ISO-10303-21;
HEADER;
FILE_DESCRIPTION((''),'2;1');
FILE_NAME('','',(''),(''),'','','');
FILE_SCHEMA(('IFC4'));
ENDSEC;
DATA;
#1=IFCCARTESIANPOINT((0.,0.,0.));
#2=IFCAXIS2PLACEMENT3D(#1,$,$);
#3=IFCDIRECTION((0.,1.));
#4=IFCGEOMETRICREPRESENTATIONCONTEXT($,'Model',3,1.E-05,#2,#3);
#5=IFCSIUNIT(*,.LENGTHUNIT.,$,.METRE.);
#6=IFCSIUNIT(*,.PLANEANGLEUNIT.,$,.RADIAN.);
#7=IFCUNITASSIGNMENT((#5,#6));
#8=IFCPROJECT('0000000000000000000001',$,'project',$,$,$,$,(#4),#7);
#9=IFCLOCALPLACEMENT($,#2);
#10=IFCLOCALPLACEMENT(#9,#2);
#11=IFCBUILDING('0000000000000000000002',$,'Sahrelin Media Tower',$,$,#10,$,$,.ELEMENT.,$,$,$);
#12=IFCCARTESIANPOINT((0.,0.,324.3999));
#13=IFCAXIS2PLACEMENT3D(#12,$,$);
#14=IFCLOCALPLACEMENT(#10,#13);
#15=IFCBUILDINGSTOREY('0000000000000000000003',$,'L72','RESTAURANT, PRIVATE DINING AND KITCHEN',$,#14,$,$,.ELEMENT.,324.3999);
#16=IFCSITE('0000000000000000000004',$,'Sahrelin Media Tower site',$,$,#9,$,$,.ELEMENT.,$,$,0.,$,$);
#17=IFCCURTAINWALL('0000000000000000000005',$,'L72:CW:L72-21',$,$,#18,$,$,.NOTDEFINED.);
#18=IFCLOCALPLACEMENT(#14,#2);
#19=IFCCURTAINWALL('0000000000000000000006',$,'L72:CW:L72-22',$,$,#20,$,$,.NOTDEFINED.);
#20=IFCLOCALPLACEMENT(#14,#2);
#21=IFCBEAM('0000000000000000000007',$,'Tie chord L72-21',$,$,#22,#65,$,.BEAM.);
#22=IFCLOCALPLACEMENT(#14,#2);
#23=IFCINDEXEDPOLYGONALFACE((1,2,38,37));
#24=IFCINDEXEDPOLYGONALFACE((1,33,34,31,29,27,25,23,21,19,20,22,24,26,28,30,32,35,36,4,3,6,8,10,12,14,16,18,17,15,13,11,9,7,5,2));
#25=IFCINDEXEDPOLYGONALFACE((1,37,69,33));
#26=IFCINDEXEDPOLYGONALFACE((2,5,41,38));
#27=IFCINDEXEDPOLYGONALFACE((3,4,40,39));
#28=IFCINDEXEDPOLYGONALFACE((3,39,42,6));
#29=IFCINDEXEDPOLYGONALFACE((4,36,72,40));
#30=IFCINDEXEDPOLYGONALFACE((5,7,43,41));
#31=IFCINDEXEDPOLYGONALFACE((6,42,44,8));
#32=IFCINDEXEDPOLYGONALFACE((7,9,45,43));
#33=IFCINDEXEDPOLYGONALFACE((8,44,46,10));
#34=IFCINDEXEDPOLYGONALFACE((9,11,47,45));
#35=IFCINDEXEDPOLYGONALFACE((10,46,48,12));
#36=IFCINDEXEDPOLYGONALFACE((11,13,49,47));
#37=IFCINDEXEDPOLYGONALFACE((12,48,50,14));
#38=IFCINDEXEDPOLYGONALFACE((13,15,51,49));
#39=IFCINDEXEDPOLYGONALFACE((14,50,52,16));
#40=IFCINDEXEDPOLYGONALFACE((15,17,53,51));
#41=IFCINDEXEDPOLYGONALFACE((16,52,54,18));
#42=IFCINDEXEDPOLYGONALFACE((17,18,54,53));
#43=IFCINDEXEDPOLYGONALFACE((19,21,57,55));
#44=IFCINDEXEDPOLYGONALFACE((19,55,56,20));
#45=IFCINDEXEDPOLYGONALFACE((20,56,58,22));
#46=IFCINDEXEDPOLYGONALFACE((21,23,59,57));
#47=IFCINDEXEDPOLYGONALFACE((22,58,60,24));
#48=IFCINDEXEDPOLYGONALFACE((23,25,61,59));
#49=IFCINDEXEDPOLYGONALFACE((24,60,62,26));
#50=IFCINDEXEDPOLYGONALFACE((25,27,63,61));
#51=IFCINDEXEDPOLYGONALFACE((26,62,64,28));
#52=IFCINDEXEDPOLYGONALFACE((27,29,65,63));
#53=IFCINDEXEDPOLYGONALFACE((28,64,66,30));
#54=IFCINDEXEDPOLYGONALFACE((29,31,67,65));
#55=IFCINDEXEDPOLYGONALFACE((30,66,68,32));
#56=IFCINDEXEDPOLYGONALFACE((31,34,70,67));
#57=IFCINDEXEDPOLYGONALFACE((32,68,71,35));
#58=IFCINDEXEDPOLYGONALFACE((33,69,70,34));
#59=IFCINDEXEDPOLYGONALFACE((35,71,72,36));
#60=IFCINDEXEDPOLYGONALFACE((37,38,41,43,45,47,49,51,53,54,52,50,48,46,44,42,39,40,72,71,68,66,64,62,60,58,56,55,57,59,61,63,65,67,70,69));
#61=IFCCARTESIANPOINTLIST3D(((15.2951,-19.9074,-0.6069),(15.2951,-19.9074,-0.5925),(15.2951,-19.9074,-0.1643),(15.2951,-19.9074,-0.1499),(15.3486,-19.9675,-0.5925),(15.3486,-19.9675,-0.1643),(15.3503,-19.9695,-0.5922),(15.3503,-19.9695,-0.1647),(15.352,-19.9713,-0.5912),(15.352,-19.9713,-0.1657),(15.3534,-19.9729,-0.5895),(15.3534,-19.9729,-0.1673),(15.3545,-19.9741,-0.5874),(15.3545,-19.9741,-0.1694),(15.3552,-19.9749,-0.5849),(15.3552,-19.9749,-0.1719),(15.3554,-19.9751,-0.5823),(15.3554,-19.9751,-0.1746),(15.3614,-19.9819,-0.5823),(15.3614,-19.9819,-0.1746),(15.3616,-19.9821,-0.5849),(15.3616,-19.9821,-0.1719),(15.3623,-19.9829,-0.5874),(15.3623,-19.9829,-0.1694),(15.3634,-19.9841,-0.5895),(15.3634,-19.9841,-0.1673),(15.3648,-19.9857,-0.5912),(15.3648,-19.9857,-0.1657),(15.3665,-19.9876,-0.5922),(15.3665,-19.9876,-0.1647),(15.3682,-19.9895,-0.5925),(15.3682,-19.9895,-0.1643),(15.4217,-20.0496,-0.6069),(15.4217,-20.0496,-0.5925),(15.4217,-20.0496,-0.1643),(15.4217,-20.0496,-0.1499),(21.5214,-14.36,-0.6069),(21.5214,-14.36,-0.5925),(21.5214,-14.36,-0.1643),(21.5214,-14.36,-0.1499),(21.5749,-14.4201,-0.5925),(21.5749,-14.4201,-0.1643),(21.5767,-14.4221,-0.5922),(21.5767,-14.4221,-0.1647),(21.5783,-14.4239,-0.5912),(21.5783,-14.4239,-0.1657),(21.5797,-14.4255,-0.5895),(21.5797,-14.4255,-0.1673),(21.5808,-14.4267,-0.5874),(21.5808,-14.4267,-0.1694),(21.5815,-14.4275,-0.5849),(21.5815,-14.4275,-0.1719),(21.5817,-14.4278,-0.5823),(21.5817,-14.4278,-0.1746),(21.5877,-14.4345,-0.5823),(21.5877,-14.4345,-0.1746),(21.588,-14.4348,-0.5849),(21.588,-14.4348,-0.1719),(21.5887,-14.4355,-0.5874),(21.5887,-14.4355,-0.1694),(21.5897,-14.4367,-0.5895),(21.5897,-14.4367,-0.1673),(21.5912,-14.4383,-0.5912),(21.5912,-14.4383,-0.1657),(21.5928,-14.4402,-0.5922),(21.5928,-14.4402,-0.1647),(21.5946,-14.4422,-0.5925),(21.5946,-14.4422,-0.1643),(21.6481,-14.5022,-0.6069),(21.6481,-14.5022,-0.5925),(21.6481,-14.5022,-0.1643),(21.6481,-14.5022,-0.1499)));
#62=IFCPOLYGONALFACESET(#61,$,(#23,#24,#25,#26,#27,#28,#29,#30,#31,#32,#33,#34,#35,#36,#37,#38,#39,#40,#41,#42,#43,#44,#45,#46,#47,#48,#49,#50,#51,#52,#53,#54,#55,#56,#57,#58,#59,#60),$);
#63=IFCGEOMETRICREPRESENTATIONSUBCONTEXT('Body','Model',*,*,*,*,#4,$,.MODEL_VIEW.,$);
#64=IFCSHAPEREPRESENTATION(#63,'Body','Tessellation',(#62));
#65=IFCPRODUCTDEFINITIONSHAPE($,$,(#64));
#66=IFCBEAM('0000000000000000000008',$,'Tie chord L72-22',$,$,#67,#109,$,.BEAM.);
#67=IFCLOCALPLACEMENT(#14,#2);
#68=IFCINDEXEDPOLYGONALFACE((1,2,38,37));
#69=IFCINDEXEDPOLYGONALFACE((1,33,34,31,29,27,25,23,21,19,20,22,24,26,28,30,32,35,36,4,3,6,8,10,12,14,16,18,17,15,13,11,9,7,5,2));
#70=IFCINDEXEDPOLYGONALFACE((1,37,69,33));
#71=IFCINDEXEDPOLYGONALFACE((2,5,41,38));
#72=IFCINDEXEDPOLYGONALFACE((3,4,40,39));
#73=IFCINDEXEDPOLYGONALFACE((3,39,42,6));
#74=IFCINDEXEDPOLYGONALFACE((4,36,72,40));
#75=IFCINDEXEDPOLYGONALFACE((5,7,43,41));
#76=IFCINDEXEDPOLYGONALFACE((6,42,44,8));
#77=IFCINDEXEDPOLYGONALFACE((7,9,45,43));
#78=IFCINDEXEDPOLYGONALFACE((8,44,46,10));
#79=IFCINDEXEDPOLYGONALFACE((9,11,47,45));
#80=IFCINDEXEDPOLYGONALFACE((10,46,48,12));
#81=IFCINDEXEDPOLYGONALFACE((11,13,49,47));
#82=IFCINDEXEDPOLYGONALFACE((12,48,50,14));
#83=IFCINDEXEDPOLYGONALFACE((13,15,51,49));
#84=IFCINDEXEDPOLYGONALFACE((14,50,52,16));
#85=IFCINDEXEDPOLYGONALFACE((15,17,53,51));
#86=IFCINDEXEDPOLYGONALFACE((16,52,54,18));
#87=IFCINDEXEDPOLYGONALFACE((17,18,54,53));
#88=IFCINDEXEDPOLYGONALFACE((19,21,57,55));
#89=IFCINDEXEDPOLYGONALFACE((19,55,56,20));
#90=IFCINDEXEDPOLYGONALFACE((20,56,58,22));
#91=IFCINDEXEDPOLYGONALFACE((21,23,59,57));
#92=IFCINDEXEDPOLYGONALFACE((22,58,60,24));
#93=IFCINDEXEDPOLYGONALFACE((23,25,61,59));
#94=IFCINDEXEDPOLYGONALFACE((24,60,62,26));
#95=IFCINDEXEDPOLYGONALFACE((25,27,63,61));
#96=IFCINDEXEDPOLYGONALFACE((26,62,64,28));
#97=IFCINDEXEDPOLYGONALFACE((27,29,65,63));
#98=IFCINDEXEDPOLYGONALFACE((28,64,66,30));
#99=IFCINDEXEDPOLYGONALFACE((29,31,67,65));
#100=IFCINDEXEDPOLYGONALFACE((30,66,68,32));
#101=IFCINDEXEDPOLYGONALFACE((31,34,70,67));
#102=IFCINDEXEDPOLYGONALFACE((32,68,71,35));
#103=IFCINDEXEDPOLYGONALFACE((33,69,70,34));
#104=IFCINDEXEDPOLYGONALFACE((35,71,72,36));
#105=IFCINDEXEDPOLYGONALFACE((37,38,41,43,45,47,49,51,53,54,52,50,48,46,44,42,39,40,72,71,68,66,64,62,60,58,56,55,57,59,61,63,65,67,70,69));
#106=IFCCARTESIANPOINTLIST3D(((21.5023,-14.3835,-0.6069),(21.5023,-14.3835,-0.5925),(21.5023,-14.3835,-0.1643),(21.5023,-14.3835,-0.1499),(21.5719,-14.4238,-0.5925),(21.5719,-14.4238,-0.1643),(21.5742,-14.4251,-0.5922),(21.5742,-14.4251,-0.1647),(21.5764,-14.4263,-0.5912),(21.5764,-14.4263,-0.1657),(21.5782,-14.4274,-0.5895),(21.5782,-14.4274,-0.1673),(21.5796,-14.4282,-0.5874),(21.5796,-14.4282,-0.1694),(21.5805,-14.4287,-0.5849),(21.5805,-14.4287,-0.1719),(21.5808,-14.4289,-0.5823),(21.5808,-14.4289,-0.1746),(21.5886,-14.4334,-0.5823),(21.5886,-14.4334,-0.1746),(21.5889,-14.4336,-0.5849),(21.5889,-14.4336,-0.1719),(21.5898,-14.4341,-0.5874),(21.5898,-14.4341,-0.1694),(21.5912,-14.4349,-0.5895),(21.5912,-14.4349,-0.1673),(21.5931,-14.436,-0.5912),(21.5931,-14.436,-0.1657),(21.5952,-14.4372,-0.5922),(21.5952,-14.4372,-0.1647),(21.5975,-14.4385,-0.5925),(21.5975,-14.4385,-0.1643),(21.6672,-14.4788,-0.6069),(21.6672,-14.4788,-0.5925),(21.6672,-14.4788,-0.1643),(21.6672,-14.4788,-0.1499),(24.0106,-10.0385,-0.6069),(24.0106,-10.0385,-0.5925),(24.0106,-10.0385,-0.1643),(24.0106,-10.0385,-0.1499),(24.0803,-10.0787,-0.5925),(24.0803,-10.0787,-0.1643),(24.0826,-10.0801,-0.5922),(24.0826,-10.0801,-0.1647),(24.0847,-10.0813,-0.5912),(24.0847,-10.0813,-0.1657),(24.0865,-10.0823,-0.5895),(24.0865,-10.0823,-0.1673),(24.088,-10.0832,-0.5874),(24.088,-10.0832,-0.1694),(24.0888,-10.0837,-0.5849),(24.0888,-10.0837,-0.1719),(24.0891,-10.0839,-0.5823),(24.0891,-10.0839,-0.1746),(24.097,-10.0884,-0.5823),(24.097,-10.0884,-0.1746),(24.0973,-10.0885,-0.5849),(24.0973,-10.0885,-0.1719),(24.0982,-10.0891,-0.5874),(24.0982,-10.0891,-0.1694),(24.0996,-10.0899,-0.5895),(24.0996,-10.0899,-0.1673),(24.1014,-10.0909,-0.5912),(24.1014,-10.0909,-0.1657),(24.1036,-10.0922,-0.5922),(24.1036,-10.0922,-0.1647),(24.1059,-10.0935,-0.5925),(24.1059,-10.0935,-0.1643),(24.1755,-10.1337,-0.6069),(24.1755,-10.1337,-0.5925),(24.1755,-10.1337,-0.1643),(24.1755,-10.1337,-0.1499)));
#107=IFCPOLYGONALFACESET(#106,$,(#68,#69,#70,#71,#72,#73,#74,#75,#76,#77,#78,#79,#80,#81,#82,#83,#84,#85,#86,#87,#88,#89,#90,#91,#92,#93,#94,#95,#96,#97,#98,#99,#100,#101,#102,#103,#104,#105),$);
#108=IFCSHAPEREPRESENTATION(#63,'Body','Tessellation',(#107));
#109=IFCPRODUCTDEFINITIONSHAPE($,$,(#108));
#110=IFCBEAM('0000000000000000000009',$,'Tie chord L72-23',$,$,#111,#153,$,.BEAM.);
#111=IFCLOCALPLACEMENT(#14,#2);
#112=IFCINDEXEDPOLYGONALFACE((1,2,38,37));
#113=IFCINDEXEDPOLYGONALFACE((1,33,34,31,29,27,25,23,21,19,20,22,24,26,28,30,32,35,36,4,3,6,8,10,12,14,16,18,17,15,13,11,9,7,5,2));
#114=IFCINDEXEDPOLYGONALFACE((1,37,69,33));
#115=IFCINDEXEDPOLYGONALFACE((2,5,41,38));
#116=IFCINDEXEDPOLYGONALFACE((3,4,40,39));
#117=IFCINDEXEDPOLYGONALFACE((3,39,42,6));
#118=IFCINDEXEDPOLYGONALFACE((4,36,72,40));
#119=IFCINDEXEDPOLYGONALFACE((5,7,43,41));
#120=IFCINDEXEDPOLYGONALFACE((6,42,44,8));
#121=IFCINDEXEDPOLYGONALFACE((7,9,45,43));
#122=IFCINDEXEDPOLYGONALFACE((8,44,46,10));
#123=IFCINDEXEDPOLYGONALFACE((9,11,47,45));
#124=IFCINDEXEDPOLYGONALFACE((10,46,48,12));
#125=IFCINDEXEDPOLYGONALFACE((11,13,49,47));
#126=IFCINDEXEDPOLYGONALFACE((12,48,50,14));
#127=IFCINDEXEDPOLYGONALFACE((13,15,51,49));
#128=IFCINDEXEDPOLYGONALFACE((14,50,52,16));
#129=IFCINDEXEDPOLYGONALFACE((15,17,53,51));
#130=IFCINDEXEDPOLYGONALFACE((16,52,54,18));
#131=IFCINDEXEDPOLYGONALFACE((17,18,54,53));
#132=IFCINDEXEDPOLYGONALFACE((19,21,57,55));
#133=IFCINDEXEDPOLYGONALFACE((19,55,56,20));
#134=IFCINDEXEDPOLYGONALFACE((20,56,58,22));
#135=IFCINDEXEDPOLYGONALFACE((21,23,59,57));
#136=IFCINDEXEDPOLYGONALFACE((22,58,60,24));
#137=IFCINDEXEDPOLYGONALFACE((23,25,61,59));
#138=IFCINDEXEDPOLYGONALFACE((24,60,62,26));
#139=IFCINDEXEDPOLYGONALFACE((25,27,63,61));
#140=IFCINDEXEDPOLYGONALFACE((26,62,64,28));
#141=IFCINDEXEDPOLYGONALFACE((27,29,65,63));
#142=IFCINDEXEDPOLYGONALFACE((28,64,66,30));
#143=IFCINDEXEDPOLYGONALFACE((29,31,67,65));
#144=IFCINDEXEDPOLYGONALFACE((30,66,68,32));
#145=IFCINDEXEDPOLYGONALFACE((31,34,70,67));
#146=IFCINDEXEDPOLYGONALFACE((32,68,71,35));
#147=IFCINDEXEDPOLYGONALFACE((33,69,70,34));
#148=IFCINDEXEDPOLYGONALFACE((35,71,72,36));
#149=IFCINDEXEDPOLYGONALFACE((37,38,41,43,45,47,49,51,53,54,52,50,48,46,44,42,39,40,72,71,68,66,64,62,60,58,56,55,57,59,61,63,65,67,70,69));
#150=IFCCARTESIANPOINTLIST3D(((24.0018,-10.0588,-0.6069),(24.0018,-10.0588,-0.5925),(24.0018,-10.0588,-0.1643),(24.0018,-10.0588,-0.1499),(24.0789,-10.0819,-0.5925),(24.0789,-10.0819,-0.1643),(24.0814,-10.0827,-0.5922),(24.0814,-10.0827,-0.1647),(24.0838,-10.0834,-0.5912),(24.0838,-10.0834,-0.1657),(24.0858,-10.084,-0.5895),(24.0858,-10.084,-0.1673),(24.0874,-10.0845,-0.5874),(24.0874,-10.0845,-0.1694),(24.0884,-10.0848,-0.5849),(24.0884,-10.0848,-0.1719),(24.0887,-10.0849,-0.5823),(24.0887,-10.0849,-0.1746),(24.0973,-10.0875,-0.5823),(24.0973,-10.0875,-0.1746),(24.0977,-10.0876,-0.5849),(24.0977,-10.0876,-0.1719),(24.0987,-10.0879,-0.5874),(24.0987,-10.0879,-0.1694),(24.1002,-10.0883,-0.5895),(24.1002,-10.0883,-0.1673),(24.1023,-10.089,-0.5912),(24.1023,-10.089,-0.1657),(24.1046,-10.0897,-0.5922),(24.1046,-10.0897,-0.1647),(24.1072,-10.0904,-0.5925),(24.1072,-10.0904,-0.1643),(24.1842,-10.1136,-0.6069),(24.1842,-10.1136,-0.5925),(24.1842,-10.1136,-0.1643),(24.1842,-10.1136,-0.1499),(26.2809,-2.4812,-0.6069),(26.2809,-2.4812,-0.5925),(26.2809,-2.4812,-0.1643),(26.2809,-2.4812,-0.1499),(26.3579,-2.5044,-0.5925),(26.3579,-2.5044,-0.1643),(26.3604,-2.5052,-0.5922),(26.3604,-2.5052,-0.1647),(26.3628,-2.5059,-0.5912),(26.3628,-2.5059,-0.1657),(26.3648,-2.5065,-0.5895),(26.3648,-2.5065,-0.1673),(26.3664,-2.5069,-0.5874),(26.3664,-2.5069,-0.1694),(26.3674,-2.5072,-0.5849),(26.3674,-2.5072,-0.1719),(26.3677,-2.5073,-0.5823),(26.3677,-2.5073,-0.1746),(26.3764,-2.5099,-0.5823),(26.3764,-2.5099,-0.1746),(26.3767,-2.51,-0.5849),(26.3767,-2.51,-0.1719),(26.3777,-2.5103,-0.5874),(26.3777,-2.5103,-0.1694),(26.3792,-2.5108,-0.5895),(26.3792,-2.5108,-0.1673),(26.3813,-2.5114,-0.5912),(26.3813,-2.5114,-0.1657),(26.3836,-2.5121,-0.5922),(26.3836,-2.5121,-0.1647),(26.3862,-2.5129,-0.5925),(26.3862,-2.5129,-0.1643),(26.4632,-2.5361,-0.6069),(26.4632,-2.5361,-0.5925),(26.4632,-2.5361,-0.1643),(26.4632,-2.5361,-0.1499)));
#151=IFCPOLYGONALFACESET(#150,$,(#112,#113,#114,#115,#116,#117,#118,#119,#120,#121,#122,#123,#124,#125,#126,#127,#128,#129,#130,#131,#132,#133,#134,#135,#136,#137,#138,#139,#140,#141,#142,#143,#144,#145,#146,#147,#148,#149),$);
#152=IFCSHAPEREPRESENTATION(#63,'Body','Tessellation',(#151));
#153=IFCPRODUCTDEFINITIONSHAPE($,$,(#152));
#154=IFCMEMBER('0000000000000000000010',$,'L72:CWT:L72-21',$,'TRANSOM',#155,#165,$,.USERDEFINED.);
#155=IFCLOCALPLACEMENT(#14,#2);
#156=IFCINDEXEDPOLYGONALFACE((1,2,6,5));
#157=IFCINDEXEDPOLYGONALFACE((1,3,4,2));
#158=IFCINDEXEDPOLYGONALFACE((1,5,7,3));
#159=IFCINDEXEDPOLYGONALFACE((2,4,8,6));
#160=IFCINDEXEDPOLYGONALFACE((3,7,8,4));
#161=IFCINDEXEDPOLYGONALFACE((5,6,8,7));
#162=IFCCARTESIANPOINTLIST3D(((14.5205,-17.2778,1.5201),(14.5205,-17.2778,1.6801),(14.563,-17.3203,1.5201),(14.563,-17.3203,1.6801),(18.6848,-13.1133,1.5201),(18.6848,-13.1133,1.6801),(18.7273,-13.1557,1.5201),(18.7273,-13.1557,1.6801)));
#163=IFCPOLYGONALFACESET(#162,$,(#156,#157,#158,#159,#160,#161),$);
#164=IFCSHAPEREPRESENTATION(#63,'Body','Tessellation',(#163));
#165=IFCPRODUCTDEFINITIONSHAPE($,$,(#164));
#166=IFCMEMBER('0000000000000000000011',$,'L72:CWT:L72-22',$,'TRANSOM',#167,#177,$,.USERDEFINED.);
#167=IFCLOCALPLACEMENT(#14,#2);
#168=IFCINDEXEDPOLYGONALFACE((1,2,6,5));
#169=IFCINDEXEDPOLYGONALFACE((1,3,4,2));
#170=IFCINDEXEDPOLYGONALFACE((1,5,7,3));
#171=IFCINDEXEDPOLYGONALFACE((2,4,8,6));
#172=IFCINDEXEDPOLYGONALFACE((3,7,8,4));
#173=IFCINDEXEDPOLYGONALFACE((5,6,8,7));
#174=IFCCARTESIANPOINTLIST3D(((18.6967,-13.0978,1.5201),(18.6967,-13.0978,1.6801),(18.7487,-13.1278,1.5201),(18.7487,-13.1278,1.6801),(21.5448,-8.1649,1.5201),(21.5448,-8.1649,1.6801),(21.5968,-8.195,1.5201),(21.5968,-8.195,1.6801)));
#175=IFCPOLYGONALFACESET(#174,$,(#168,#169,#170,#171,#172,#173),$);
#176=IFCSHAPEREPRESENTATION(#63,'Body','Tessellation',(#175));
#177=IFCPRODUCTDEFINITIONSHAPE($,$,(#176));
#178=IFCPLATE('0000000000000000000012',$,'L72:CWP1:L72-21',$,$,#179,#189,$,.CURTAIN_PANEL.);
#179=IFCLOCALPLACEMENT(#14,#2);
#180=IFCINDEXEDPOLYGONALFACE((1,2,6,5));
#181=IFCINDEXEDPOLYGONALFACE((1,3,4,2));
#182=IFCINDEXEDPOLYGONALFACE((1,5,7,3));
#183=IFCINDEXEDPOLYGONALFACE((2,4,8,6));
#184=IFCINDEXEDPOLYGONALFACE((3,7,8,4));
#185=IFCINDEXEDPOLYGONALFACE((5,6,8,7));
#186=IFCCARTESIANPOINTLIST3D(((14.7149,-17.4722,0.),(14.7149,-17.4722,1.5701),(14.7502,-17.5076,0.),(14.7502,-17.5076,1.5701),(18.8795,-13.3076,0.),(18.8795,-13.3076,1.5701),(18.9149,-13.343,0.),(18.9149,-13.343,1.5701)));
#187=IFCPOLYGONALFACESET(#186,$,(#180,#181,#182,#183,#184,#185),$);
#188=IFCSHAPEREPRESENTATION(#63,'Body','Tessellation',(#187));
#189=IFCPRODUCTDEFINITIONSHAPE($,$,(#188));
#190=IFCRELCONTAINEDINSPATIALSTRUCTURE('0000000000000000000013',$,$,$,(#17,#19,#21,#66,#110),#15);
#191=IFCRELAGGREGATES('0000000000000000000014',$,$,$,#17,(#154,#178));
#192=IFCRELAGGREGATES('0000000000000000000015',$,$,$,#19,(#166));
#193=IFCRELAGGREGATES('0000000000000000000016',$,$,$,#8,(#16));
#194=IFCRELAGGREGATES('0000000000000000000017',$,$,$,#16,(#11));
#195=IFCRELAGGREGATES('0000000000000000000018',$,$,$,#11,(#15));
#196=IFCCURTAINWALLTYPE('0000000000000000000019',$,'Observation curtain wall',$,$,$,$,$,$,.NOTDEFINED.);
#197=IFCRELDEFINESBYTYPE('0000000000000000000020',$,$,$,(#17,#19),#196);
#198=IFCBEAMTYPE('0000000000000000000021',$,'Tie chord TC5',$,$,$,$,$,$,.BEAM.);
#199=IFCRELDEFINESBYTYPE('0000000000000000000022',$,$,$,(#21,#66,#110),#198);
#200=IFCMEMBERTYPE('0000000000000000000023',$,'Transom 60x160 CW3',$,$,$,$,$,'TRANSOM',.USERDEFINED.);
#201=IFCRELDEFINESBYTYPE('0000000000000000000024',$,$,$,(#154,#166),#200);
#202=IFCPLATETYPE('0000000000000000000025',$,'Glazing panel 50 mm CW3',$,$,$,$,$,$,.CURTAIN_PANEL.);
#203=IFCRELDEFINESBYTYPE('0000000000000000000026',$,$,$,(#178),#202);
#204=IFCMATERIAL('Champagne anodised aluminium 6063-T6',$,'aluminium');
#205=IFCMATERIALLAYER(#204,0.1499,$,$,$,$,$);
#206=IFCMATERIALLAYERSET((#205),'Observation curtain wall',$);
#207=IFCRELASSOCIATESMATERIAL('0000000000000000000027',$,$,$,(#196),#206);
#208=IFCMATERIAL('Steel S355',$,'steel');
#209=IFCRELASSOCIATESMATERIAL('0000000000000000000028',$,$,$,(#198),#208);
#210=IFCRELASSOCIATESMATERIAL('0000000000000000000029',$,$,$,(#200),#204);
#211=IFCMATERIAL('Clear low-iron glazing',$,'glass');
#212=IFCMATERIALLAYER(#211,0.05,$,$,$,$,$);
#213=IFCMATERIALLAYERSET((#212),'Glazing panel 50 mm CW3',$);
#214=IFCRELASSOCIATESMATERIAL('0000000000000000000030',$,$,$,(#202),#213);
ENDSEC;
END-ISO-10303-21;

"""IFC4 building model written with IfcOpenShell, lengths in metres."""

from ifc_helpers import new_model, si_unit, direction, frame, origin, origin_2d, place, context, subcontext, project, spatial, polyline, rectangle, i_section, outline, extrude, material, layer, layer_set, material_profile, profile_set, type_object, element, aggregate, save


model = new_model("IFC4")

# Units and contexts
model_context = context("Model", 3, precision=1e-05, world=origin(), true_north=direction((0.0, 1.0)))
body_context = subcontext(model_context, "Body", "Model", "MODEL_VIEW")
ifc_project = project(units=[si_unit("LENGTHUNIT", "METRE"), si_unit("PLANEANGLEUNIT", "RADIAN")], contexts=[model_context])

# Site, building, storey
site_placement = place(None, origin())
site = spatial("IfcSite", under=ifc_project, at=site_placement, Name="Sahrelin Media Tower site", CompositionType="ELEMENT", RefElevation=0.0)
building_placement = place(site_placement, origin())
building = spatial("IfcBuilding", under=site, at=building_placement, Name="Sahrelin Media Tower", CompositionType="ELEMENT")
storey_placement = place(building_placement, frame((0.0, 0.0, 324.3999)))
storey = spatial("IfcBuildingStorey", under=building, at=storey_placement, Name="L72", Description="RESTAURANT, PRIVATE DINING AND KITCHEN", CompositionType="ELEMENT", Elevation=324.3999)

# Shared definitions
ifc_material_1 = material(Name="Steel S355", Category="steel")

# Curtain walls
ifc_material_2 = material(Name="Champagne anodised aluminium 6063-T6", Category="aluminium")
ifc_layer_1 = layer(ifc_material_2, 0.1499)
ifc_layer_set_1 = layer_set([ifc_layer_1], Name="Observation curtain wall")
curtain_wall_type = type_object("IfcCurtainWallType", Name="Observation curtain wall", PredefinedType="NOTDEFINED", material=ifc_layer_set_1)
curtain_wall_1_placement = place(storey_placement, frame((16.8184, -15.4111, 0.0), z_axis=(0.0, 0.0, 1.0), x_axis=(1.0, 0.0, 0.0)))
curtain_wall_1 = element("IfcCurtainWall", 1, at=curtain_wall_1_placement, inside=storey, type_object=curtain_wall_type, Name="L72:CW:L72-21", PredefinedType="NOTDEFINED")
curtain_wall_2_placement = place(storey_placement, frame((20.385, -10.7837, 0.0), z_axis=(0.0, 0.0, 1.0), x_axis=(1.0, 0.0, 0.0)))
curtain_wall_2 = element("IfcCurtainWall", 2, at=curtain_wall_2_placement, inside=storey, type_object=curtain_wall_type, Name="L72:CW:L72-22", PredefinedType="NOTDEFINED")

# Beams
ifc_material_profile_1 = material_profile(ifc_material_1, i_section(OverallWidth=0.1904, OverallDepth=0.457, WebThickness=0.009, FlangeThickness=0.0144, FilletRadius=0.0103, at=origin_2d()), Name="UB 457x191x74")
ifc_profile_set_1 = profile_set([ifc_material_profile_1], Name="Steel S355")
beam_type_1 = type_object("IfcBeamType", Name="Tie chord TC5", PredefinedType="BEAM", material=ifc_profile_set_1)
beam_1_placement = place(storey_placement, frame((15.3584, -19.9785, -0.3784), z_axis=(0.746643, 0.665225, 0.0), x_axis=(-0.665225, 0.746643, 0.0)))
element("IfcBeam", 3, at=beam_1_placement, inside=storey, type_object=beam_type_1, Name="Tie chord L72-21", PredefinedType="BEAM", context=body_context, shape_type="SweptSolid", body=[
    extrude(i_section(OverallWidth=0.1904, OverallDepth=0.457, WebThickness=0.009, FlangeThickness=0.0144, FilletRadius=0.0103, at=origin_2d()), origin(), (0.0, 0.0, 1.0), 8.3391),
])
beam_2_placement = place(storey_placement, frame((21.5847, -14.4312, -0.3784), z_axis=(0.49996, 0.866049, 0.0), x_axis=(-0.866049, 0.49996, 0.0)))
element("IfcBeam", 4, at=beam_2_placement, inside=storey, type_object=beam_type_1, Name="Tie chord L72-22", PredefinedType="BEAM", context=body_context, shape_type="SweptSolid", body=[
    extrude(i_section(OverallWidth=0.1904, OverallDepth=0.457, WebThickness=0.009, FlangeThickness=0.0144, FilletRadius=0.0103, at=origin_2d()), origin(), (0.0, 0.0, 1.0), 5.0171),
])
beam_3_placement = place(storey_placement, frame((24.093, -10.0862, -0.3784), z_axis=(0.288016, 0.957626, 0.0), x_axis=(-0.957626, 0.288016, 0.0)))
element("IfcBeam", 5, at=beam_3_placement, inside=storey, type_object=beam_type_1, Name="Tie chord L72-23", PredefinedType="BEAM", context=body_context, shape_type="SweptSolid", body=[
    extrude(i_section(OverallWidth=0.1904, OverallDepth=0.457, WebThickness=0.009, FlangeThickness=0.0144, FilletRadius=0.0103, at=origin_2d()), origin(), (0.0, 0.0, 1.0), 7.9128),
])

# Members
ifc_material_profile_2 = material_profile(ifc_material_2, rectangle(XDim=0.0601, YDim=0.1599, at=origin_2d()), Name="Transom 60x160")
ifc_profile_set_2 = profile_set([ifc_material_profile_2], Name="Champagne anodised aluminium 6063-T6")
member_type_1 = type_object("IfcMemberType", Name="Transom 60x160 CW3", ElementType="TRANSOM", PredefinedType="USERDEFINED", material=ifc_profile_set_2)
member_1_placement = place(storey_placement, frame((14.5417, -17.2991, 1.6001), z_axis=(0.707086, 0.707128, 0.0), x_axis=(-0.707128, 0.707086, 0.0)))
member_1 = element("IfcMember", 6, at=member_1_placement, type_object=member_type_1, Name="L72:CWT:L72-21", ObjectType="TRANSOM", PredefinedType="USERDEFINED", context=body_context, shape_type="SweptSolid", body=[
    extrude(rectangle(XDim=0.0601, YDim=0.1599, at=origin_2d()), origin(), (0.0, 0.0, 1.0), 5.8894),
])
member_2_placement = place(storey_placement, frame((18.7227, -13.1128, 1.6001), z_axis=(0.500021, 0.866014, 0.0), x_axis=(-0.866014, 0.500021, 0.0)))
member_2 = element("IfcMember", 7, at=member_2_placement, type_object=member_type_1, Name="L72:CWT:L72-22", ObjectType="TRANSOM", PredefinedType="USERDEFINED", context=body_context, shape_type="SweptSolid", body=[
    extrude(rectangle(XDim=0.0601, YDim=0.1599, at=origin_2d()), origin(), (0.0, 0.0, 1.0), 5.696),
])

# Plate
ifc_material_3 = material(Name="Clear low-iron glazing", Category="glass")
ifc_layer_2 = layer(ifc_material_3, 0.05)
ifc_layer_set_2 = layer_set([ifc_layer_2], Name="Glazing panel 50 mm CW3")
plate_type = type_object("IfcPlateType", Name="Glazing panel 50 mm CW3", PredefinedType="CURTAIN_PANEL", material=ifc_layer_set_2)
plate_1_placement = place(storey_placement, frame((14.7502, -17.5076, 0.0), z_axis=(0.707107, -0.707107, 0.0), x_axis=(0.707107, 0.707107, 0.0)))
plate_1 = element("IfcPlate", 8, at=plate_1_placement, type_object=plate_type, Name="L72:CWP1:L72-21", PredefinedType="CURTAIN_PANEL", context=body_context, shape_type="SweptSolid", body=[
    extrude(outline(polyline([(0.0, 0.0), (5.8896, 0.0), (5.8896, 1.5701), (0.0, 1.5701), (0.0, 0.0)])), origin(), (0.0, 0.0, -1.0), 0.05),
])
aggregate(curtain_wall_1, [member_1, plate_1])
aggregate(curtain_wall_2, [member_2])

save(model, "model.ifc")
